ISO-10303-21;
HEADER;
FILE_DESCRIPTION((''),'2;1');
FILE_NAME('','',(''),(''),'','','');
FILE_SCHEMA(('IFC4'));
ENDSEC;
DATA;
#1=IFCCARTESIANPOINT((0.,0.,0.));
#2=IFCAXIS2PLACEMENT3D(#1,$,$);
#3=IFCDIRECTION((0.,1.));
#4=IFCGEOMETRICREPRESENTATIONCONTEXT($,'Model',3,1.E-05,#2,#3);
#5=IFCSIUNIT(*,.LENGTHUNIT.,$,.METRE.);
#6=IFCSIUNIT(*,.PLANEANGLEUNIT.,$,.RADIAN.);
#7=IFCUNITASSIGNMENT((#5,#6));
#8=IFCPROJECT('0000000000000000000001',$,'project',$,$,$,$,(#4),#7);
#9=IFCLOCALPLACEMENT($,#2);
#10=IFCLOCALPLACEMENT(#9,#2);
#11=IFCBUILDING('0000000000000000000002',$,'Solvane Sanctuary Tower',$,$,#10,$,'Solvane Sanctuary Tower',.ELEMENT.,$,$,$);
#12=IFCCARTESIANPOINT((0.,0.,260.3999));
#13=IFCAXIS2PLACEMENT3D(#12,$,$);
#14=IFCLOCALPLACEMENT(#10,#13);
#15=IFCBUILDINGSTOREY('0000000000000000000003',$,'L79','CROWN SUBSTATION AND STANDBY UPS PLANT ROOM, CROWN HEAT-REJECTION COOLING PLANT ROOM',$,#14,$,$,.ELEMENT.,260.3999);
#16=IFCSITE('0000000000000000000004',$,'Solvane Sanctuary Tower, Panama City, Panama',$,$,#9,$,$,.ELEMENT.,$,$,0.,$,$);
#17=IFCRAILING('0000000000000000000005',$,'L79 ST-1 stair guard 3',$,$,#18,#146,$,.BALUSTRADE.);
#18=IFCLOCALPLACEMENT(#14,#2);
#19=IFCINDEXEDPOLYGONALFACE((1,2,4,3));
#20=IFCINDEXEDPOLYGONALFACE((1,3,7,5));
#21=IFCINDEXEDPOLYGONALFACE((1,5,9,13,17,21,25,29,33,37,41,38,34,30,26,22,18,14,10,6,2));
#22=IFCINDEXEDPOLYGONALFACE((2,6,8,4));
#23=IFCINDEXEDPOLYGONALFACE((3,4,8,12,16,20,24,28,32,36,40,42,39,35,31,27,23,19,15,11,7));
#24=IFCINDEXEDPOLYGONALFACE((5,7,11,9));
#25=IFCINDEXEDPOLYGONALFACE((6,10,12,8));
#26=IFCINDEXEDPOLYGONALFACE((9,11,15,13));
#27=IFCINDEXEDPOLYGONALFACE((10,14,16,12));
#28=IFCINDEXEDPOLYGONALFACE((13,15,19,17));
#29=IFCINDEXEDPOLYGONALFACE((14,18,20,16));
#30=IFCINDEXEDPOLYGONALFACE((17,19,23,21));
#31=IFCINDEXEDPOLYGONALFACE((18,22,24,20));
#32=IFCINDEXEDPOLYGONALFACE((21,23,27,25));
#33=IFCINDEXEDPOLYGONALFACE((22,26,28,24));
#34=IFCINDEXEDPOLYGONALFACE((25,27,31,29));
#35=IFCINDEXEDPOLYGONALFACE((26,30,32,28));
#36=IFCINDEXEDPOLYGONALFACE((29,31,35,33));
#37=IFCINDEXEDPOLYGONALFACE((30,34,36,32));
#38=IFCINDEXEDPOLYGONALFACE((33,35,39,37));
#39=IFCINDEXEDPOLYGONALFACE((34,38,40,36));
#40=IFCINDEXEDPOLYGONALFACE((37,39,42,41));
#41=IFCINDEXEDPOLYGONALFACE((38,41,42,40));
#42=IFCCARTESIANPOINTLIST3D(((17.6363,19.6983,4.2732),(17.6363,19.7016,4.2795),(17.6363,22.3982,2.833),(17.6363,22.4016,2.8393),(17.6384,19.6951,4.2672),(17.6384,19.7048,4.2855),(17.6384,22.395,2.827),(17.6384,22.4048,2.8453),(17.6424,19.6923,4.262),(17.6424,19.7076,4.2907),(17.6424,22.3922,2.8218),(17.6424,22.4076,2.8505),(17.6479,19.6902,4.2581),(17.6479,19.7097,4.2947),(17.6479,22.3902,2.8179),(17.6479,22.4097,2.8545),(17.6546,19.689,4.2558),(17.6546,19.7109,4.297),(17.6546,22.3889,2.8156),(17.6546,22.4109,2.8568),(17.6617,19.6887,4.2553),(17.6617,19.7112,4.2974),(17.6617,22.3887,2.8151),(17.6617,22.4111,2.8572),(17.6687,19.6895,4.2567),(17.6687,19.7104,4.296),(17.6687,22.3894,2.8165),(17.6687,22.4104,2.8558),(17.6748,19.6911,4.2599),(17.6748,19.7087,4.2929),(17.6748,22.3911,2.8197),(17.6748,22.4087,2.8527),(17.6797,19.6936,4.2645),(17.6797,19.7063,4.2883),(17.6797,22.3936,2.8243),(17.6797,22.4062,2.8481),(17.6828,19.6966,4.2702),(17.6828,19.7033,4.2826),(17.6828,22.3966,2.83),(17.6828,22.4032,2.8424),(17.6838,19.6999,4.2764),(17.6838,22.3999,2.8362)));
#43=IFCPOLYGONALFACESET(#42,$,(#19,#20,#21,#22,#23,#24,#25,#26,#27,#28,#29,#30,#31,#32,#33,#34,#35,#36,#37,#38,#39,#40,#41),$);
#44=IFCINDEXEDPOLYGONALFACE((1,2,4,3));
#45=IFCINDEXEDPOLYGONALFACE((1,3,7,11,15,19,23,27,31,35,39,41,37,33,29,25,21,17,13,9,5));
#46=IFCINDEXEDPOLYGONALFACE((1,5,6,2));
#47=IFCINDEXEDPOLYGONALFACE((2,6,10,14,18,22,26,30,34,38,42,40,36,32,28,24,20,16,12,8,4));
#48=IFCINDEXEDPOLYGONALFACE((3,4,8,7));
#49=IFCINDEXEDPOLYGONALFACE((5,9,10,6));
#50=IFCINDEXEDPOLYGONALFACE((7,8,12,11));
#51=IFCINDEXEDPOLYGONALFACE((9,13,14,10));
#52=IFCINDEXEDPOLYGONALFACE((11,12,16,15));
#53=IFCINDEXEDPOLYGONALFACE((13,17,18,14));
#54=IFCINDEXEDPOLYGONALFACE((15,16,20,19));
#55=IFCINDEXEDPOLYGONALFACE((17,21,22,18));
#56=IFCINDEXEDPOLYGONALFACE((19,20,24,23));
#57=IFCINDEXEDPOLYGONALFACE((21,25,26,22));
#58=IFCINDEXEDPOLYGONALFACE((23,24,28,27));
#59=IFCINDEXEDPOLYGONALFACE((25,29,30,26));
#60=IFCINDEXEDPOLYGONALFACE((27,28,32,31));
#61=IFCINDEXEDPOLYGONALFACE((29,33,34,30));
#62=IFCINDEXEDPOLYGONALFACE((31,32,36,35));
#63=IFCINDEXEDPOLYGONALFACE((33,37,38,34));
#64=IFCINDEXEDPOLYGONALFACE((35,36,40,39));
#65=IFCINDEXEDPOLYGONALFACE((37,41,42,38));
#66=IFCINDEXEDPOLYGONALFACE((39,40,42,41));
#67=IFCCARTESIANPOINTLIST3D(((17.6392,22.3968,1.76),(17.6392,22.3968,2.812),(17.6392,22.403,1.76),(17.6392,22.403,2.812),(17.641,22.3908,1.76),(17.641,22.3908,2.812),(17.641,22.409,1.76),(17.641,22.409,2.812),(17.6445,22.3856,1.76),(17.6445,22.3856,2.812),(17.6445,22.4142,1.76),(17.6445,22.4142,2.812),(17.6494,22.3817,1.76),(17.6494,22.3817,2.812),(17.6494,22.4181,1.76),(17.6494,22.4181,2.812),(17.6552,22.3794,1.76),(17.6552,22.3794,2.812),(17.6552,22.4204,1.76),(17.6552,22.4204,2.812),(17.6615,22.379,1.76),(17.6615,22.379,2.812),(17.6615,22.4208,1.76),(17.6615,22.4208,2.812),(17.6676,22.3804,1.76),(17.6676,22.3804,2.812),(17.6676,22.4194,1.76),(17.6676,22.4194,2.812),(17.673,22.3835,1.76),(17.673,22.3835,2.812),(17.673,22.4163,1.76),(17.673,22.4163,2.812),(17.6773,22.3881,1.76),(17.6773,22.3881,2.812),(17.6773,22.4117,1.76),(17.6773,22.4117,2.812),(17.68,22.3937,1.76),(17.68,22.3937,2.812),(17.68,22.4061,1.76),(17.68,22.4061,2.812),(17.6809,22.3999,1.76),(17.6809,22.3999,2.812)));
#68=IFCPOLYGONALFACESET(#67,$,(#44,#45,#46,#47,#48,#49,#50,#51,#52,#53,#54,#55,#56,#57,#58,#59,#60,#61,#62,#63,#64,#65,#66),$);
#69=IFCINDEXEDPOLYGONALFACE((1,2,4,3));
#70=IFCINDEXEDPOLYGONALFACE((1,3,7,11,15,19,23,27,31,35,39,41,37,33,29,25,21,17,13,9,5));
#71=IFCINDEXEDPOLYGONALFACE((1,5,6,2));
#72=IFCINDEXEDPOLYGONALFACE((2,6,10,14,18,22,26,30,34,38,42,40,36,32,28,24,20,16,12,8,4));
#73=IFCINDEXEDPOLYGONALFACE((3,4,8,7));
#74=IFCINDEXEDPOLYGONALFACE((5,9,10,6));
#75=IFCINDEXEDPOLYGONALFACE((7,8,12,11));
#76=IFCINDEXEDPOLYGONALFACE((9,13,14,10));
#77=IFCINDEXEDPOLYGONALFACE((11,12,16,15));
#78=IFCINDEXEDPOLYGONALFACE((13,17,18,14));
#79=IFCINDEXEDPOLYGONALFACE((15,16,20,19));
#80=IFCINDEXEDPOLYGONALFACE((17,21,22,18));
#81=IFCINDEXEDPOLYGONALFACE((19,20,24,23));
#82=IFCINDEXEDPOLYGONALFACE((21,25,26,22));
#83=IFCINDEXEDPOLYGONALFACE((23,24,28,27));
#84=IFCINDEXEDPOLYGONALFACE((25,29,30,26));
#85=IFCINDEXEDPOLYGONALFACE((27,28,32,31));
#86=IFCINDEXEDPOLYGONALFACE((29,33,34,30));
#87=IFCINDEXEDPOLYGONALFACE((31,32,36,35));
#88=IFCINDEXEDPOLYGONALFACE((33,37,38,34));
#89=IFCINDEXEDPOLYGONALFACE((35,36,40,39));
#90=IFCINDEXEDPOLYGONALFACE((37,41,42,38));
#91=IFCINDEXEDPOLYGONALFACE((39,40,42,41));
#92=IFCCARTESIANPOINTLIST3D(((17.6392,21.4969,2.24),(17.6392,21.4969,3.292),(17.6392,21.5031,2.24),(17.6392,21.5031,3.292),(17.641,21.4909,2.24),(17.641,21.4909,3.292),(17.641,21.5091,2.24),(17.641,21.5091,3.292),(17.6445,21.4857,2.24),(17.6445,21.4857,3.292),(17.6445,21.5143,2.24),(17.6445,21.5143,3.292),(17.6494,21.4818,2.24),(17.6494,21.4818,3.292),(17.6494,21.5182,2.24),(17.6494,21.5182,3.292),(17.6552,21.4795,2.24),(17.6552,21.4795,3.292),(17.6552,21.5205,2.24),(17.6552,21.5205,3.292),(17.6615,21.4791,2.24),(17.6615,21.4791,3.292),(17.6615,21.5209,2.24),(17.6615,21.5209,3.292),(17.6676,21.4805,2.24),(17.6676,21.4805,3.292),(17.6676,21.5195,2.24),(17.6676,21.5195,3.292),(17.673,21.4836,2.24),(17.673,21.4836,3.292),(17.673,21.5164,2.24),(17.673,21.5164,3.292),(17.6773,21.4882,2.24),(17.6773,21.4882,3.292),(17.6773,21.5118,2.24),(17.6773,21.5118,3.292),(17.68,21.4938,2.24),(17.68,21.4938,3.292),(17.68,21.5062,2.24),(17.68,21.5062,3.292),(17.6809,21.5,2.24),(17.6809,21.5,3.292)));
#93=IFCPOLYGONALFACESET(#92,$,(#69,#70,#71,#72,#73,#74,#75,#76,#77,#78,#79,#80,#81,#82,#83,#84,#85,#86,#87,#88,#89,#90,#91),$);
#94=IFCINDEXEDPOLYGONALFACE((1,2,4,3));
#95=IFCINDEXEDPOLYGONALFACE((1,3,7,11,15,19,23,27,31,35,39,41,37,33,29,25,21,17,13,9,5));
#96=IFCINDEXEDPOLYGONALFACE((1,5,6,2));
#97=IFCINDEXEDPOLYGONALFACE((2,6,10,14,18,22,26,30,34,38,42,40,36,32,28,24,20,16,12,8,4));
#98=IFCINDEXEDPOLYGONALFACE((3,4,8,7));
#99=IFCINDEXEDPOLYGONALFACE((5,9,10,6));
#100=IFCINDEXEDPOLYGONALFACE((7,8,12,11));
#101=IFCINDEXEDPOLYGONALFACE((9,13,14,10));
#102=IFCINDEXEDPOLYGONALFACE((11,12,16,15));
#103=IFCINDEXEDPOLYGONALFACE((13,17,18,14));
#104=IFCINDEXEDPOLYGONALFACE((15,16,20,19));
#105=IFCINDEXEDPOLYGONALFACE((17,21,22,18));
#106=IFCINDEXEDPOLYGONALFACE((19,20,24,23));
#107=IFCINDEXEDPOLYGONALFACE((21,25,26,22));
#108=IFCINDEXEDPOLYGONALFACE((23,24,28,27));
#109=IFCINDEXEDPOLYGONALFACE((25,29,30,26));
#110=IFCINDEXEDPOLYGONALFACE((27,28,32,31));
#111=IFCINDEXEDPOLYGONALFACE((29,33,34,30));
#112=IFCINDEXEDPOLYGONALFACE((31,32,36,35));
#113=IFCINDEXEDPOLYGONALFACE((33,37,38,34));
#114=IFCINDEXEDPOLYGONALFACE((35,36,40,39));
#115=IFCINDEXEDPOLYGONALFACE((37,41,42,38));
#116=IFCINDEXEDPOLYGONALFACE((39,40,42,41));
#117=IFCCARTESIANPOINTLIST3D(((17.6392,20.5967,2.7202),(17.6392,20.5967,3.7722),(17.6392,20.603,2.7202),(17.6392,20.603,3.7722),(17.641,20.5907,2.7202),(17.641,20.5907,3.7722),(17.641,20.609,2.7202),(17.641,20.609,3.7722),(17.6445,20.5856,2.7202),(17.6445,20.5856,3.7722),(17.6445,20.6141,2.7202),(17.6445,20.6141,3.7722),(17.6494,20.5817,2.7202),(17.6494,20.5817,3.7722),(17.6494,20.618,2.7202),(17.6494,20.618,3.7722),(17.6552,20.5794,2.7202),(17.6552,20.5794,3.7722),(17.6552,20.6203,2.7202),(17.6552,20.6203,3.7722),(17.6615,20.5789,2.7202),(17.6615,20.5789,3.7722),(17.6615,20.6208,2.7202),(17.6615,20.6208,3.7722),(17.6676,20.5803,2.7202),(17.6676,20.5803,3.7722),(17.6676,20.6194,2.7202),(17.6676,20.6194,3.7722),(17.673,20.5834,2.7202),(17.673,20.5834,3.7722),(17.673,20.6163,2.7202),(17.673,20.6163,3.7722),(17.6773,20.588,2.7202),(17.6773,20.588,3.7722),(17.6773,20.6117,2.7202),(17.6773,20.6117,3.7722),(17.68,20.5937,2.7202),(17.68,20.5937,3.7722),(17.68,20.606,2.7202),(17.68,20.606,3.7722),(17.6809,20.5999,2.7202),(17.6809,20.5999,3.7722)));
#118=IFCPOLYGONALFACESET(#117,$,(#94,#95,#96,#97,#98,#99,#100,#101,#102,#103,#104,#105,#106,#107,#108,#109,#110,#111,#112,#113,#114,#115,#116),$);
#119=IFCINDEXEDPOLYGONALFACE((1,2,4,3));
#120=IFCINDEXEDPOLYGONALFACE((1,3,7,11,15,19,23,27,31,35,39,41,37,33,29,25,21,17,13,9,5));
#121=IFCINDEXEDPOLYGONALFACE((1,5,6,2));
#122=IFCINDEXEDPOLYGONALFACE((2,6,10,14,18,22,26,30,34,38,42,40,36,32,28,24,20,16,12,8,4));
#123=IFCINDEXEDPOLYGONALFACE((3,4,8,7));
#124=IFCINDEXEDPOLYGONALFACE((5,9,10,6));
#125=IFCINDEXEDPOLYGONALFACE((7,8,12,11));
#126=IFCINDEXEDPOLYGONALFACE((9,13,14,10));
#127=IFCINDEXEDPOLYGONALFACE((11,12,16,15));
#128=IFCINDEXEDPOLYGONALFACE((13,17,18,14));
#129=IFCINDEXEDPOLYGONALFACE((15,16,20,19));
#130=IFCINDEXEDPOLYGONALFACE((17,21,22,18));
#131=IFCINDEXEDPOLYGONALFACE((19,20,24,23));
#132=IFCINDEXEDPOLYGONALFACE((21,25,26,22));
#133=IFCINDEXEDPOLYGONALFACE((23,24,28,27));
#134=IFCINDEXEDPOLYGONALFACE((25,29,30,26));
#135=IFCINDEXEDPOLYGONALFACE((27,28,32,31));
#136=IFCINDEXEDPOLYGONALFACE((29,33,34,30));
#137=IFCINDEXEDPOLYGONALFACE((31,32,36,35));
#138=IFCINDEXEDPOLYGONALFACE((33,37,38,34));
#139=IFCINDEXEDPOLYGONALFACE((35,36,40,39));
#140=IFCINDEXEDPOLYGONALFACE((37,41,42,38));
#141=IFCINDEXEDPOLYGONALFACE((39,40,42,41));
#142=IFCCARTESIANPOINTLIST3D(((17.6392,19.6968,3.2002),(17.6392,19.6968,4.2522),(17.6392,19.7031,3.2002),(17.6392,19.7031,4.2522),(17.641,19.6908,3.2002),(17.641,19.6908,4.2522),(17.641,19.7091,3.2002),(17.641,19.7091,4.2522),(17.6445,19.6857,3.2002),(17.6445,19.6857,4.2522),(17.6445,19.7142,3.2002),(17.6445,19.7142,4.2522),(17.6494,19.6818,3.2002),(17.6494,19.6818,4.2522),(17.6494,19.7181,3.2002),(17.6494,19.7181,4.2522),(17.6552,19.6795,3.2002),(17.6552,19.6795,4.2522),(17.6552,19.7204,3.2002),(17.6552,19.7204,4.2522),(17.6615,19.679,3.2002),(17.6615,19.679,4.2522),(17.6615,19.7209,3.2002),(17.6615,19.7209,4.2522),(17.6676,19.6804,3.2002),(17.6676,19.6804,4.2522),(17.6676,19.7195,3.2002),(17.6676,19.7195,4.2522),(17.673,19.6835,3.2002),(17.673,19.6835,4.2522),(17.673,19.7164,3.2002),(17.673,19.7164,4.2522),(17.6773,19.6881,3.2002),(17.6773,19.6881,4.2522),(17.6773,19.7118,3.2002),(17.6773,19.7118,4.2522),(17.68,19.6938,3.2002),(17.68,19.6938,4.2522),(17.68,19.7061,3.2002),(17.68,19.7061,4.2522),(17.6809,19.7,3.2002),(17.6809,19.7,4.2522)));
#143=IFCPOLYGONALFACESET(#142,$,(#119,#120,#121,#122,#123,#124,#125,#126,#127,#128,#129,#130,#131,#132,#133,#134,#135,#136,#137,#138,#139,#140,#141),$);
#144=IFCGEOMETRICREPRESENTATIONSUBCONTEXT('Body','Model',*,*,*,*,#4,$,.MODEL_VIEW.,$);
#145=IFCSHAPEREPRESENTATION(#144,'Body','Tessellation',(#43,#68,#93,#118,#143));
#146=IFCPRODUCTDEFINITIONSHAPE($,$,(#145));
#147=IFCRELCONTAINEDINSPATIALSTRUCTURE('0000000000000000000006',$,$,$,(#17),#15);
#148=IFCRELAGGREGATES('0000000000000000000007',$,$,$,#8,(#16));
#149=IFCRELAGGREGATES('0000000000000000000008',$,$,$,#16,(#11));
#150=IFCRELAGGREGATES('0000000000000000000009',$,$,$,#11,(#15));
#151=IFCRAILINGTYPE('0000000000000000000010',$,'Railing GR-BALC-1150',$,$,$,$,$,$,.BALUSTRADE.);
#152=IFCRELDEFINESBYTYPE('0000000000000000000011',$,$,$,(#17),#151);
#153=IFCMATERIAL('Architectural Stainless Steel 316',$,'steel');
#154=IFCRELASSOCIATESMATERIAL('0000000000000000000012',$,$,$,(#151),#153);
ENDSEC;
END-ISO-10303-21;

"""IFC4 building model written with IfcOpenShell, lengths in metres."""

from ifc_helpers import new_model, si_unit, direction, frame, origin, origin_2d, place, context, subcontext, project, spatial, circle, extrude, material, type_object, element, save


model = new_model("IFC4")

# Units and contexts
model_context = context("Model", 3, precision=1e-05, world=origin(), true_north=direction((0.0, 1.0)))
body_context = subcontext(model_context, "Body", "Model", "MODEL_VIEW")
ifc_project = project(units=[si_unit("LENGTHUNIT", "METRE"), si_unit("PLANEANGLEUNIT", "RADIAN")], contexts=[model_context])

# Site, building, storey
site_placement = place(None, origin())
site = spatial("IfcSite", under=ifc_project, at=site_placement, Name="Solvane Sanctuary Tower, Panama City, Panama", CompositionType="ELEMENT", RefElevation=0.0)
building_placement = place(site_placement, origin())
building = spatial("IfcBuilding", under=site, at=building_placement, Name="Solvane Sanctuary Tower", LongName="Solvane Sanctuary Tower", CompositionType="ELEMENT")
storey_placement = place(building_placement, frame((0.0, 0.0, 260.3999)))
storey = spatial("IfcBuildingStorey", under=building, at=storey_placement, Name="L79", Description="CROWN SUBSTATION AND STANDBY UPS PLANT ROOM, CROWN HEAT-REJECTION COOLING PLANT ROOM", CompositionType="ELEMENT", Elevation=260.3999)

# Shared definitions
ifc_material_1 = material(Name="Architectural Stainless Steel 316", Category="steel")

# Railing
railing_type_1 = type_object("IfcRailingType", Name="Railing GR-BALC-1150", PredefinedType="BALUSTRADE", material=ifc_material_1)
railing_1_placement = place(storey_placement, frame((17.6599, 22.3999, 1.76)))
element("IfcRailing", 1, at=railing_1_placement, inside=storey, type_object=railing_type_1, Name="L79 ST-1 stair guard 3", PredefinedType="BALUSTRADE", context=body_context, shape_type="SweptSolid", body=[
    extrude(circle(Radius=0.0239, at=origin_2d()), frame((0.0, 0.0, 1.0762), z_axis=(0.0, -0.882324, 0.470642), x_axis=(1.0, 0.0, 0.0)), (0.0, 0.0, 1.0), 3.0601),
    extrude(circle(Radius=0.021, at=origin_2d()), origin(), (0.0, 0.0, 1.0), 1.052),
    extrude(circle(Radius=0.021, at=origin_2d()), frame((0.0, -0.8999, 0.48)), (0.0, 0.0, 1.0), 1.052),
    extrude(circle(Radius=0.021, at=origin_2d()), frame((0.0, -1.8, 0.9602)), (0.0, 0.0, 1.0), 1.052),
    extrude(circle(Radius=0.021, at=origin_2d()), frame((0.0, -2.7, 1.4402)), (0.0, 0.0, 1.0), 1.052),
])

save(model, "model.ifc")
